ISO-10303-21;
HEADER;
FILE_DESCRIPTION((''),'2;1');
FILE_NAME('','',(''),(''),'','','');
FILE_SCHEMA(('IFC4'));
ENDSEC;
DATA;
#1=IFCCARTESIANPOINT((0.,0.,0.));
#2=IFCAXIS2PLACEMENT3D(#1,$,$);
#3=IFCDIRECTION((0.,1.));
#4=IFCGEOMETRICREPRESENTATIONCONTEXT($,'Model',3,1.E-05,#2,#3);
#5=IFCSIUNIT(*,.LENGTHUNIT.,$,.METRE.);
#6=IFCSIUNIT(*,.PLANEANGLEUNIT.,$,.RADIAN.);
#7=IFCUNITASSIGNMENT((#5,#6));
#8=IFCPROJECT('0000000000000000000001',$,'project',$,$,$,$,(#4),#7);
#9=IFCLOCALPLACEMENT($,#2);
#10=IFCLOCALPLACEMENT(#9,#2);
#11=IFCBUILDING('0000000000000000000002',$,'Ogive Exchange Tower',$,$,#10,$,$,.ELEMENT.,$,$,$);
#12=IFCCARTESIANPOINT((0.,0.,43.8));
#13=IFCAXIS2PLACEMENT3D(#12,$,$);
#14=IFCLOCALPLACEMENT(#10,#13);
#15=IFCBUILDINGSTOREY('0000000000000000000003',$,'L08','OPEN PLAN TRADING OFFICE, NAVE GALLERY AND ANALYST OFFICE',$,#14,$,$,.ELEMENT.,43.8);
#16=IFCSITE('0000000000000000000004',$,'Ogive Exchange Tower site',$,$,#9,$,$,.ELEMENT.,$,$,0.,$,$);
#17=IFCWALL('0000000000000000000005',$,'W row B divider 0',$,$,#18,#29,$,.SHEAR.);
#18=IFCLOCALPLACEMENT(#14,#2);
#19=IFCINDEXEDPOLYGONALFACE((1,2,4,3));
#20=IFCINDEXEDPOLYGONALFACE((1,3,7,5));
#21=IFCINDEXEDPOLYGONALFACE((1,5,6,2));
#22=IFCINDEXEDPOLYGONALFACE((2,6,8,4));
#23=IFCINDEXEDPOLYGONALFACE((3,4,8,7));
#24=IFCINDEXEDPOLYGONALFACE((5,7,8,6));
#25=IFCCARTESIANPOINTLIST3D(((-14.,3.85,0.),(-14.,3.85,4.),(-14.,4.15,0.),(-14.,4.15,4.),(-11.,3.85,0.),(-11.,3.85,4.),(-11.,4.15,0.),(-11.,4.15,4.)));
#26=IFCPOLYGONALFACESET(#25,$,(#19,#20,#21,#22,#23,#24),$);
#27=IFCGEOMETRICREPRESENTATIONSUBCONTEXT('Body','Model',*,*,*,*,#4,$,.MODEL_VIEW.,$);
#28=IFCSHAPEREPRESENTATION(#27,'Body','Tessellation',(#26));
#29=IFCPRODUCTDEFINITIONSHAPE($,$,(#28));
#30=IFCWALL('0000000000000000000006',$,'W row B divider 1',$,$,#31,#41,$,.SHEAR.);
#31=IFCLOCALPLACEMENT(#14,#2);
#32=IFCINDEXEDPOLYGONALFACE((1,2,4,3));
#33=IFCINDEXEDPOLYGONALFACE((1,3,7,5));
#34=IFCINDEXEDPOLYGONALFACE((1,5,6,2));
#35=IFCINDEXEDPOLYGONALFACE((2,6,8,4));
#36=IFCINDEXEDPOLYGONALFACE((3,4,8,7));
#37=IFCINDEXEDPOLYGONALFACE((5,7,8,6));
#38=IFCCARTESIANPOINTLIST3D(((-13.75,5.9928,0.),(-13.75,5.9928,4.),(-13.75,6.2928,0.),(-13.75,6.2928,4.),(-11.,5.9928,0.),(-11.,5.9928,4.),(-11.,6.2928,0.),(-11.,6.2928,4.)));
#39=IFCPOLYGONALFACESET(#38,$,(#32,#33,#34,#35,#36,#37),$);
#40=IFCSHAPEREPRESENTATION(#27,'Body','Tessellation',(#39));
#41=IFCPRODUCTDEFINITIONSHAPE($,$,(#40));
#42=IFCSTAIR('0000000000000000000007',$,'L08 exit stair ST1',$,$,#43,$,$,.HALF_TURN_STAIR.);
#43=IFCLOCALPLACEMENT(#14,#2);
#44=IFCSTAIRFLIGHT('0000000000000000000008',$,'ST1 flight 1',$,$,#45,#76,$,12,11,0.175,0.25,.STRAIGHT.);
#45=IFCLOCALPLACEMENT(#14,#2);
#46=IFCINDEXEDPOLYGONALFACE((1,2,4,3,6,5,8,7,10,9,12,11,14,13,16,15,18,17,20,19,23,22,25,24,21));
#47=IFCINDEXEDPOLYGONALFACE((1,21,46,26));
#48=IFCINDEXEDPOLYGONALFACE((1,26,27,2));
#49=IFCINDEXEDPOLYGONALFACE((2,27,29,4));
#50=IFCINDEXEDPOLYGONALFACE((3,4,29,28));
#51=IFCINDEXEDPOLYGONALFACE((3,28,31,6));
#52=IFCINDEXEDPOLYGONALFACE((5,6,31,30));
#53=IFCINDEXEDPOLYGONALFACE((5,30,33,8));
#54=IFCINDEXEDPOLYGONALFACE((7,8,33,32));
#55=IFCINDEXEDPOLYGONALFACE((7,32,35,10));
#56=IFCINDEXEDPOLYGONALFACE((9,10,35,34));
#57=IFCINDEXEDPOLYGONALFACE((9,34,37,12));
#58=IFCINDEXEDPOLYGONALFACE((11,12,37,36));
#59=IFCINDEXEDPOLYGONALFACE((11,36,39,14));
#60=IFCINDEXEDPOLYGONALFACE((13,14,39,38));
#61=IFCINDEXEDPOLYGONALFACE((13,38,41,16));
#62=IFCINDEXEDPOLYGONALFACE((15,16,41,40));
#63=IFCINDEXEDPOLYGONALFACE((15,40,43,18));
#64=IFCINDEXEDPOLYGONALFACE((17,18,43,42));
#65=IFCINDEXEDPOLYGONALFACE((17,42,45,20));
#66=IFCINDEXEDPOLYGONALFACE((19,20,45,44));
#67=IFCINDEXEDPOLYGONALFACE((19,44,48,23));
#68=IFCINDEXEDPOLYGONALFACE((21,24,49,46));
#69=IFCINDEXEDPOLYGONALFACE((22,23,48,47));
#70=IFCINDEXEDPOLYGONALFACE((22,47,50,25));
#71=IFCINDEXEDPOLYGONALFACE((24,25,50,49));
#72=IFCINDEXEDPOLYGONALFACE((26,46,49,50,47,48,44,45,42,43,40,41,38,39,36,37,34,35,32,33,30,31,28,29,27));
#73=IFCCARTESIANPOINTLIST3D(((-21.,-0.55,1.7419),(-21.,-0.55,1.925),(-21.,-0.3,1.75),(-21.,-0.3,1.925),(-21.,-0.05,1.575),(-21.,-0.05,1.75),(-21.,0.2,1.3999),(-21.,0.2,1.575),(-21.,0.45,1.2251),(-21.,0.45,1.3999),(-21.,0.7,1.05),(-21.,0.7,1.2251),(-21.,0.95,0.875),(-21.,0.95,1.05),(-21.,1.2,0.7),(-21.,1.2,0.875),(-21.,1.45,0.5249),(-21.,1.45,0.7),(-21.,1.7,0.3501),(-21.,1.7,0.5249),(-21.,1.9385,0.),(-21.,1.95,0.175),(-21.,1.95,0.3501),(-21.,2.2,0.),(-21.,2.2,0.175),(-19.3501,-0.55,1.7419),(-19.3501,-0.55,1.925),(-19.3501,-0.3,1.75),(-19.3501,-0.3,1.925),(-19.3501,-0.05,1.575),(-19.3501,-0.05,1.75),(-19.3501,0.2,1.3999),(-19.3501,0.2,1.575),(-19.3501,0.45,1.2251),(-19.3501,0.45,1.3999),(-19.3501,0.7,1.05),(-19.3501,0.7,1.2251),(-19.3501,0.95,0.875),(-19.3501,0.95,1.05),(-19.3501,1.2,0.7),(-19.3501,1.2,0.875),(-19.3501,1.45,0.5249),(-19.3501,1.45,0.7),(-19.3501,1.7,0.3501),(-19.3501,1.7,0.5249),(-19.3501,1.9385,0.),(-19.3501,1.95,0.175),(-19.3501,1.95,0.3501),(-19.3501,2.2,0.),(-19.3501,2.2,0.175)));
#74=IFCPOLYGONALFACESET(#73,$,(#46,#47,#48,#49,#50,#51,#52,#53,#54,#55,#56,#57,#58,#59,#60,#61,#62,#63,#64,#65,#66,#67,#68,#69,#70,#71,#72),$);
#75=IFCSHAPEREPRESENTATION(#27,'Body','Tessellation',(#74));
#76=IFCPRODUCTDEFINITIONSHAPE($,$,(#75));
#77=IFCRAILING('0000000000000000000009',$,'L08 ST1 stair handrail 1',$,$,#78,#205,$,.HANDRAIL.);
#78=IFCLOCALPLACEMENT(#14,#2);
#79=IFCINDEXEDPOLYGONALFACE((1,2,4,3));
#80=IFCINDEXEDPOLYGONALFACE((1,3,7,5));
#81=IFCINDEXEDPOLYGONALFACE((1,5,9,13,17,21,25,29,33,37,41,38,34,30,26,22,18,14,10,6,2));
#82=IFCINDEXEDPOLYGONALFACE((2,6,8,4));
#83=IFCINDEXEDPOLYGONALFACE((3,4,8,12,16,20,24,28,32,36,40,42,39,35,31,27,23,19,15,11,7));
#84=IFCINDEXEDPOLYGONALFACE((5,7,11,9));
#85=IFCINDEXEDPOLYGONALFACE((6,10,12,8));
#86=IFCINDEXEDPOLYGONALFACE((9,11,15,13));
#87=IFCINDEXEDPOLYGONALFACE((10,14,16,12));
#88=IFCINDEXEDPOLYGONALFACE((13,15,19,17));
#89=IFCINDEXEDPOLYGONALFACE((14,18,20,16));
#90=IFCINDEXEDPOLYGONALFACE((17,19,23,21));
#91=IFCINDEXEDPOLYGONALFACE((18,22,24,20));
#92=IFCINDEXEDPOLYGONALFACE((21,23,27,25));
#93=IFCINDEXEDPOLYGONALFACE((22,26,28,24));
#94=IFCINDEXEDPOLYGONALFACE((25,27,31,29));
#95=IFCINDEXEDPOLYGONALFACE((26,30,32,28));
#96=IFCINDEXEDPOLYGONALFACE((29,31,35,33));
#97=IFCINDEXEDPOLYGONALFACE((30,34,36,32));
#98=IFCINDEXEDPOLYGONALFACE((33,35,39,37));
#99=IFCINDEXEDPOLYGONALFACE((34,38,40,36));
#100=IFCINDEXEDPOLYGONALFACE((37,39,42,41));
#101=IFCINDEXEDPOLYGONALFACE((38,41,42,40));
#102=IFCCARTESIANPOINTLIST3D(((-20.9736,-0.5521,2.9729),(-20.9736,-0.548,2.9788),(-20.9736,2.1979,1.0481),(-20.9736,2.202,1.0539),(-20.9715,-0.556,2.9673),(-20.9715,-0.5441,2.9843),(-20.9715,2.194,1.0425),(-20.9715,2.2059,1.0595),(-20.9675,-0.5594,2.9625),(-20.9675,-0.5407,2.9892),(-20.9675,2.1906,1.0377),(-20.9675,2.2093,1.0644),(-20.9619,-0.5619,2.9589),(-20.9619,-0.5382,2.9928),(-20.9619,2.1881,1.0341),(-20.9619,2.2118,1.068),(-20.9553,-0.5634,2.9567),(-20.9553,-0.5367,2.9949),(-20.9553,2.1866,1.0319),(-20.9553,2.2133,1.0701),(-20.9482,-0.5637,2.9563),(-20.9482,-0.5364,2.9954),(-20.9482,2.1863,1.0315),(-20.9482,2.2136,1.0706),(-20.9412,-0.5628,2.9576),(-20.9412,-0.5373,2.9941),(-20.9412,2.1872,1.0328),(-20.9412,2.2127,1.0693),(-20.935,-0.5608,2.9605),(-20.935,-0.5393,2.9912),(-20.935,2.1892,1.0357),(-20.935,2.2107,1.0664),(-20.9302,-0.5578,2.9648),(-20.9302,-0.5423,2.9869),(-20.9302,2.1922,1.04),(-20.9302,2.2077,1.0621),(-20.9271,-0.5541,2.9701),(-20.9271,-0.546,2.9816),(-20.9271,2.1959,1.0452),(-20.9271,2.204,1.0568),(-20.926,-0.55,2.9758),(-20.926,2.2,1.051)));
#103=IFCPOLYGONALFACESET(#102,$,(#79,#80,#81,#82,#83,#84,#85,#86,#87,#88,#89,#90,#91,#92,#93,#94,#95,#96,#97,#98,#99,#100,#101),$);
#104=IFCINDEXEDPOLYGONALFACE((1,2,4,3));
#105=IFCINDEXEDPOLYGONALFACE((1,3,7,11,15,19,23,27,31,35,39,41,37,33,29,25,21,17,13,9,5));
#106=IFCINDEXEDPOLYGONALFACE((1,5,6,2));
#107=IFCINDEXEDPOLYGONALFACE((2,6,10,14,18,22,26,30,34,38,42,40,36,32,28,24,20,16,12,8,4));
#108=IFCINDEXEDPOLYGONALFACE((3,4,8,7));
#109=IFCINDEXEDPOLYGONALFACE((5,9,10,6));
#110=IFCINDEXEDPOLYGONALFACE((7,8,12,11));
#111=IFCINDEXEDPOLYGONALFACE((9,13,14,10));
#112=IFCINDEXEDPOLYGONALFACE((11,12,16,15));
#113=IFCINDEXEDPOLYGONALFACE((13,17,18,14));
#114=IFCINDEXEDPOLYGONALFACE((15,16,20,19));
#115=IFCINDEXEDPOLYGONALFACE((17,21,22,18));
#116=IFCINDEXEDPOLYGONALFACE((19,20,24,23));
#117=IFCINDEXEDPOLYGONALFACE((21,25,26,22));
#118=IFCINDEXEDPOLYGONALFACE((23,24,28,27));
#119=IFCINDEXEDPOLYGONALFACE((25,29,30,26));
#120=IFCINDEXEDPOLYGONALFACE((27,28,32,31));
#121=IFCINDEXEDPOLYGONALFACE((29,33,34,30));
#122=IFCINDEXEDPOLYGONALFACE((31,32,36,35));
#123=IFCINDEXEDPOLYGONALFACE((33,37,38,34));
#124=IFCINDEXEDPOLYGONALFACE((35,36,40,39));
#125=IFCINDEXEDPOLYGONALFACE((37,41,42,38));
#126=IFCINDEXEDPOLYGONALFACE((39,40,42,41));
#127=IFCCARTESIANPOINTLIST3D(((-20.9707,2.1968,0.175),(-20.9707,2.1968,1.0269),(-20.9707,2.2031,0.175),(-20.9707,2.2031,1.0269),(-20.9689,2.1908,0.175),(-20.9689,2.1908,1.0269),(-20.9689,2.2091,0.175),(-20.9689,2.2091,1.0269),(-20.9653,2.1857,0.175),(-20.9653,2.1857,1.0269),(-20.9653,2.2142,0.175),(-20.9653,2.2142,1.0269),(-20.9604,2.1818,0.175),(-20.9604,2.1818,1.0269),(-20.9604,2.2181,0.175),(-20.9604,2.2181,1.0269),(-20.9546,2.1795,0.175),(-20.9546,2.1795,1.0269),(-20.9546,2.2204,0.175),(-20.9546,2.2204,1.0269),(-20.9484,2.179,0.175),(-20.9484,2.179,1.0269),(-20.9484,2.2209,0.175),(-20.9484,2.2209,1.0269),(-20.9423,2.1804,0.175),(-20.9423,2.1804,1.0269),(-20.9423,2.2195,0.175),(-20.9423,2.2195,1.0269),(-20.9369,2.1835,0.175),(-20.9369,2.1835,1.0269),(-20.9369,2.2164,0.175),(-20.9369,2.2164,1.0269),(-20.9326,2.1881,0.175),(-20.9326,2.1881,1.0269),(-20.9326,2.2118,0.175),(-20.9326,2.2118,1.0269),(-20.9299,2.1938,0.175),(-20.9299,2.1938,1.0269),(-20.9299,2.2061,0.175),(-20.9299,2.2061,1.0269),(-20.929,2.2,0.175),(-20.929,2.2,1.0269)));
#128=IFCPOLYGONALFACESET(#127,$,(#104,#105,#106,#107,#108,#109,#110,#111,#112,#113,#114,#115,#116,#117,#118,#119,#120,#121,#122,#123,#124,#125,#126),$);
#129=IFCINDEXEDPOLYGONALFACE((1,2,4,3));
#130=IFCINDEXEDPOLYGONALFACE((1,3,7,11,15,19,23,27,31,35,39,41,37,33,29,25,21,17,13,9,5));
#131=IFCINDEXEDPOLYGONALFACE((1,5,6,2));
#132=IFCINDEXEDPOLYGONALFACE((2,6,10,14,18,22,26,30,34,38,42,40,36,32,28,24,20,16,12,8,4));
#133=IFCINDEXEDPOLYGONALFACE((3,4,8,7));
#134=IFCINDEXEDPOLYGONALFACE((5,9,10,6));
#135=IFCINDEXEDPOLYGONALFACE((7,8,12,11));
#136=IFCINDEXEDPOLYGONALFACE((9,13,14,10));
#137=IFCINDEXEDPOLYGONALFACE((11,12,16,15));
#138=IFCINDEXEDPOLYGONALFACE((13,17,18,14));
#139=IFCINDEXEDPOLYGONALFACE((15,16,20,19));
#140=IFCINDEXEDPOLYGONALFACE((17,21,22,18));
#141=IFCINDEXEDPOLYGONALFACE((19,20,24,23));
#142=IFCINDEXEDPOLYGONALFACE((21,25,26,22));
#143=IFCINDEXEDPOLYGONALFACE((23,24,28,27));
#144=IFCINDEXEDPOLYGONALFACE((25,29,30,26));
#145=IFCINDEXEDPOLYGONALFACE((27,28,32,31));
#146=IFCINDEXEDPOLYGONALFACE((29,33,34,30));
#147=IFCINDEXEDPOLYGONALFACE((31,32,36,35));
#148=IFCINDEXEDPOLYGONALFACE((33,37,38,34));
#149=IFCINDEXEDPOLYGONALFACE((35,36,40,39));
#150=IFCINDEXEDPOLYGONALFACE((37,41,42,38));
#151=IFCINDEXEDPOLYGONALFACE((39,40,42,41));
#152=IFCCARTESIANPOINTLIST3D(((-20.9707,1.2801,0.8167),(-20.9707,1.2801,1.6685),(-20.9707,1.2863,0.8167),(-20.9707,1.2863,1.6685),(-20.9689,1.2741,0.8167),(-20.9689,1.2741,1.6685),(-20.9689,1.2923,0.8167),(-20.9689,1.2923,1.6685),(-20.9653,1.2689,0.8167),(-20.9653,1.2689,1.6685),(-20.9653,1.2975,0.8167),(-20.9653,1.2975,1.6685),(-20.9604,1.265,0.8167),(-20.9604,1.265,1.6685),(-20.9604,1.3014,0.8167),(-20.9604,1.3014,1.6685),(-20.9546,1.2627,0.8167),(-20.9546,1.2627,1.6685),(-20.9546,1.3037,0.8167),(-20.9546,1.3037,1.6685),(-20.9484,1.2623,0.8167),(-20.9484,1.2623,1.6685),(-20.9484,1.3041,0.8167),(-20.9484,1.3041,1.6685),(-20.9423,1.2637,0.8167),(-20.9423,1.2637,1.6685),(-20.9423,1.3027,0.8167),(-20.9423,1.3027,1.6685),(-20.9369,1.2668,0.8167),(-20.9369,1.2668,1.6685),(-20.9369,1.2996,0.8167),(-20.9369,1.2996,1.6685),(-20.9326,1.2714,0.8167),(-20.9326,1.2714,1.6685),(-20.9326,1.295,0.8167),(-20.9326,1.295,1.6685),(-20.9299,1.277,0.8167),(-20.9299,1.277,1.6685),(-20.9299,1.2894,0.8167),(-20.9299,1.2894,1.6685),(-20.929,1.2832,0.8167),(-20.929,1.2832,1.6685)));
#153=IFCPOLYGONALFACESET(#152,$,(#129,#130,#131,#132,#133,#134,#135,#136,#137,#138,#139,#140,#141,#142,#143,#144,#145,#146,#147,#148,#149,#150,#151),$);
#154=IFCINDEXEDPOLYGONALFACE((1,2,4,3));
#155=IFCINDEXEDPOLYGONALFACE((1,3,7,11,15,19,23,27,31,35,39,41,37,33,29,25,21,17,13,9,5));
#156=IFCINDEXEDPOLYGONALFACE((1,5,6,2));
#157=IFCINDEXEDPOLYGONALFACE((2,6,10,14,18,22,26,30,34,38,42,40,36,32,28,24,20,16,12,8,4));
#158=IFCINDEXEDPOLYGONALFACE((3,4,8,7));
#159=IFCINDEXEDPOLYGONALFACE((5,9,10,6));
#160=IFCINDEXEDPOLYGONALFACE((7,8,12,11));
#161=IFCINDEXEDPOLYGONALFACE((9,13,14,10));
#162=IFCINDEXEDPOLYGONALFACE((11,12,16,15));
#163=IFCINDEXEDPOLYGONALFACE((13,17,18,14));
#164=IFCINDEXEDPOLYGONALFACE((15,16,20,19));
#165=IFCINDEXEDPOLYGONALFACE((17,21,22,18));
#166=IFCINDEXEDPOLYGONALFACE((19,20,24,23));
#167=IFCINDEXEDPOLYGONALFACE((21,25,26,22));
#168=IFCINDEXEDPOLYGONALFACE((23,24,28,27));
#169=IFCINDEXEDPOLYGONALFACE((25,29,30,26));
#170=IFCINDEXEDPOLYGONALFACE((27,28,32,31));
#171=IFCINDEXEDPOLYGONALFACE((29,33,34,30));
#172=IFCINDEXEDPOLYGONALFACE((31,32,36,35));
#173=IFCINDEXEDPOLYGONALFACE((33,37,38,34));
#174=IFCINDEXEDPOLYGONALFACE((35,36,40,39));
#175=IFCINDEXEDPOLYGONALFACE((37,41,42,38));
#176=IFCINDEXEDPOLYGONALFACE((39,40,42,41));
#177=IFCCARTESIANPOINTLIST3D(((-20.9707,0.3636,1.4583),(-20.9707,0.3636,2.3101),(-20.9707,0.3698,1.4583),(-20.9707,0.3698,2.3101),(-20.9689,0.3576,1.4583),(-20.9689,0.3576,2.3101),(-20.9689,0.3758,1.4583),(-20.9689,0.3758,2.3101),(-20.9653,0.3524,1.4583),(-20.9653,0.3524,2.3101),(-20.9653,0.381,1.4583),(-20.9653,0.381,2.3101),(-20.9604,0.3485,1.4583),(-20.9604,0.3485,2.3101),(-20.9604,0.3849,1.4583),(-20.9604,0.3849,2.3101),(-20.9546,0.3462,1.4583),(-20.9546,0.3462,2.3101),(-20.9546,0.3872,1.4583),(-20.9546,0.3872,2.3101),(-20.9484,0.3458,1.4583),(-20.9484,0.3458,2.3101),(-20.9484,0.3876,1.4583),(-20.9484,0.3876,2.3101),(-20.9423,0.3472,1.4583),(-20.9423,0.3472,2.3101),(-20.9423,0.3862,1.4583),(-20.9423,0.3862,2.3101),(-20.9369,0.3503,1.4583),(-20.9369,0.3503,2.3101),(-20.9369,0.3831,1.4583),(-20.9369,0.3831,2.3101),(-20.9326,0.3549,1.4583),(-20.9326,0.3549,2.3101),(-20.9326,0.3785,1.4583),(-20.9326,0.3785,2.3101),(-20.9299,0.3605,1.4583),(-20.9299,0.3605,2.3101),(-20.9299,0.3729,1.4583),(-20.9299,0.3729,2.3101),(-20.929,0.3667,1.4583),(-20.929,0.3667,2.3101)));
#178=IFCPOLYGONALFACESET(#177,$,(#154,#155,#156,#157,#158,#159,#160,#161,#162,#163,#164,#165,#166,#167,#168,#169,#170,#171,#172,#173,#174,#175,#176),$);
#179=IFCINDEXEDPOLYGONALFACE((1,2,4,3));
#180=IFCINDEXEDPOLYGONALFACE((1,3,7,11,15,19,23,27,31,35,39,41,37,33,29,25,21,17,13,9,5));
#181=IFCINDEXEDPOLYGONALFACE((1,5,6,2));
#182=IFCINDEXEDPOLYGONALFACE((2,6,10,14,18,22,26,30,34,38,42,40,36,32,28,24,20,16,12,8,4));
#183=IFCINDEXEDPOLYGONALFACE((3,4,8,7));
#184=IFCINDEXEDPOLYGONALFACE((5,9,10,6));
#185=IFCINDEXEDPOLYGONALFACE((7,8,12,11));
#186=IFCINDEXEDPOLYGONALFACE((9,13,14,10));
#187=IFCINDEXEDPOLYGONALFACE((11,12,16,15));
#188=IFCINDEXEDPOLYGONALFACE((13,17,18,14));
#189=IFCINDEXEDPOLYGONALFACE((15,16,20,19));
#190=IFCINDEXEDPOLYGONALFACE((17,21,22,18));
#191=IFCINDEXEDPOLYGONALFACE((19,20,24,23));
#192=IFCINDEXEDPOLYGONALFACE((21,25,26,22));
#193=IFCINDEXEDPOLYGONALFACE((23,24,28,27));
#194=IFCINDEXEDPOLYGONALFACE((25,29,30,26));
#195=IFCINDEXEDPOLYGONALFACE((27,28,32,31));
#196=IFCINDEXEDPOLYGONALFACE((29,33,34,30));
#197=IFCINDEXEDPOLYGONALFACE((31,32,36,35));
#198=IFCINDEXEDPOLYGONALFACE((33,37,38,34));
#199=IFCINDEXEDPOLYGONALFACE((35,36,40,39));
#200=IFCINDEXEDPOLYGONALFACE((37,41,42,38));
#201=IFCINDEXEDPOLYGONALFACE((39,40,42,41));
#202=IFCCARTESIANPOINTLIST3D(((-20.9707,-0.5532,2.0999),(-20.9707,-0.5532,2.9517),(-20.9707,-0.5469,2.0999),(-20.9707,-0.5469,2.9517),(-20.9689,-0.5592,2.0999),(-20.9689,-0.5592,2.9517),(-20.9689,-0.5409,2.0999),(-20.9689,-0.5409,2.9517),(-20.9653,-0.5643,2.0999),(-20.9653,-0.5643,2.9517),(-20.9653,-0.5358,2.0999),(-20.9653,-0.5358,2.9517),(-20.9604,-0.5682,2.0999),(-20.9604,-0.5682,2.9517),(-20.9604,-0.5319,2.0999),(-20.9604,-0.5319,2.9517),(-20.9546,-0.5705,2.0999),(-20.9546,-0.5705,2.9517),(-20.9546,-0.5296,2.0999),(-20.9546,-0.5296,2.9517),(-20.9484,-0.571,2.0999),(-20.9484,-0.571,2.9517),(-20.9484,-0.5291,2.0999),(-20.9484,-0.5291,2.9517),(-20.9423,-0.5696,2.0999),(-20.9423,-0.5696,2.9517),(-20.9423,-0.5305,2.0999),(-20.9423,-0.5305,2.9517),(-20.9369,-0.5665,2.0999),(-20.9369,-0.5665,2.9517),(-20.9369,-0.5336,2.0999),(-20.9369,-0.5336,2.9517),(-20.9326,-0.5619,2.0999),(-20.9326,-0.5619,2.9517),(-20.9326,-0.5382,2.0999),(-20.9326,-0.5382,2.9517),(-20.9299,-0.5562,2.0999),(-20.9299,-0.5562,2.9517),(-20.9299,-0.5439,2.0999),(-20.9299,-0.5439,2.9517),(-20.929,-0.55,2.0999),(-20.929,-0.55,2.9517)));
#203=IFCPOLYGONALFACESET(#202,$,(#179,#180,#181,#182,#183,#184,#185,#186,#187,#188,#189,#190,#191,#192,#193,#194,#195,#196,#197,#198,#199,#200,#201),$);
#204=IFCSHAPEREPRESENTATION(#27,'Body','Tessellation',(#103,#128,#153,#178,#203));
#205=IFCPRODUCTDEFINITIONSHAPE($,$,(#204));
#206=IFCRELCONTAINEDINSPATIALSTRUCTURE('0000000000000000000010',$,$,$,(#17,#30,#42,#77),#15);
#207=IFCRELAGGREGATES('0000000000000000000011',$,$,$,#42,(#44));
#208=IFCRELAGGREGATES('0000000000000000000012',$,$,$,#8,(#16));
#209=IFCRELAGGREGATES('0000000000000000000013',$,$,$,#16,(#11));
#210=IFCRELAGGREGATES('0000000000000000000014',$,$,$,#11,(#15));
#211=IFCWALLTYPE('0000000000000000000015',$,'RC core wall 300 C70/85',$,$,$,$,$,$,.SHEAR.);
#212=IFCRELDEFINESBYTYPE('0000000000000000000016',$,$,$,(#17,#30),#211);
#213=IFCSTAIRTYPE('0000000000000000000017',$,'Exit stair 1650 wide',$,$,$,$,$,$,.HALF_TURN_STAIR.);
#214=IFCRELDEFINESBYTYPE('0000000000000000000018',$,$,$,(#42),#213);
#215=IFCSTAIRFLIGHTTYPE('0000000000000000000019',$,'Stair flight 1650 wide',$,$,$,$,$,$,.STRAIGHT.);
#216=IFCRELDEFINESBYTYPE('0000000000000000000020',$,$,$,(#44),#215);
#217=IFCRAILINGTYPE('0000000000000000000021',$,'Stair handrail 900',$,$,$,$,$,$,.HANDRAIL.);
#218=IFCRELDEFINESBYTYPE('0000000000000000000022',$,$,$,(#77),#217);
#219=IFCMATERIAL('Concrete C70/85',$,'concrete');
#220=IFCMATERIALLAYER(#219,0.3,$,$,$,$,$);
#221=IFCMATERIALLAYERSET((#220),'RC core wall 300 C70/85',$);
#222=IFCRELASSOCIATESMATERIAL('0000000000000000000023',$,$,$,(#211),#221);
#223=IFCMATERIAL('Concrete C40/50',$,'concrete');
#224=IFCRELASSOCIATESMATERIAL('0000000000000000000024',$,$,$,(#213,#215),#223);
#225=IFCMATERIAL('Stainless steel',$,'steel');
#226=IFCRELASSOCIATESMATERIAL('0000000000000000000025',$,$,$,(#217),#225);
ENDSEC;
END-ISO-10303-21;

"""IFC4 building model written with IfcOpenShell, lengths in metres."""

from ifc_helpers import new_model, si_unit, direction, frame, frame_2d, origin, origin_2d, place, context, subcontext, project, spatial, polyline, rectangle, circle, outline, extrude, material, layer, layer_set, type_object, element, aggregate, save


model = new_model("IFC4")

# Units and contexts
model_context = context("Model", 3, precision=1e-05, world=origin(), true_north=direction((0.0, 1.0)))
body_context = subcontext(model_context, "Body", "Model", "MODEL_VIEW")
ifc_project = project(units=[si_unit("LENGTHUNIT", "METRE"), si_unit("PLANEANGLEUNIT", "RADIAN")], contexts=[model_context])

# Site, building, storey
site_placement = place(None, origin())
site = spatial("IfcSite", under=ifc_project, at=site_placement, Name="Ogive Exchange Tower site", CompositionType="ELEMENT", RefElevation=0.0)
building_placement = place(site_placement, origin())
building = spatial("IfcBuilding", under=site, at=building_placement, Name="Ogive Exchange Tower", CompositionType="ELEMENT")
storey_placement = place(building_placement, frame((0.0, 0.0, 43.8)))
storey = spatial("IfcBuildingStorey", under=building, at=storey_placement, Name="L08", Description="OPEN PLAN TRADING OFFICE, NAVE GALLERY AND ANALYST OFFICE", CompositionType="ELEMENT", Elevation=43.8)

# Shared definitions
ifc_material_1 = material(Name="Concrete C70/85", Category="concrete")

# Shared definitions
ifc_material_2 = material(Name="Stainless steel", Category="steel")

# Walls
ifc_layer_1 = layer(ifc_material_1, 0.3)
ifc_layer_set_1 = layer_set([ifc_layer_1], Name="RC core wall 300 C70/85")
wall_type_1 = type_object("IfcWallType", Name="RC core wall 300 C70/85", PredefinedType="SHEAR", material=ifc_layer_set_1)
wall_1_placement = place(storey_placement, frame((-14.0, 4.0, 0.0), z_axis=(0.0, 0.0, 1.0), x_axis=(1.0, 0.0, 0.0)))
element("IfcWall", 1, at=wall_1_placement, inside=storey, type_object=wall_type_1, Name="W row B divider 0", PredefinedType="SHEAR", context=body_context, shape_type="SweptSolid", body=[
    extrude(rectangle(XDim=3.0, YDim=0.3, at=frame_2d((1.5, 0.0))), origin(), (0.0, 0.0, 1.0), 4.0),
])
wall_2_placement = place(storey_placement, frame((-13.75, 6.1428, 0.0), z_axis=(0.0, 0.0, 1.0), x_axis=(1.0, 0.0, 0.0)))
element("IfcWall", 2, at=wall_2_placement, inside=storey, type_object=wall_type_1, Name="W row B divider 1", PredefinedType="SHEAR", context=body_context, shape_type="SweptSolid", body=[
    extrude(rectangle(XDim=2.75, YDim=0.3, at=frame_2d((1.375, 0.0))), origin(), (0.0, 0.0, 1.0), 4.0),
])

# Stair, stair flight
ifc_material_3 = material(Name="Concrete C40/50", Category="concrete")
stair_type = type_object("IfcStairType", Name="Exit stair 1650 wide", PredefinedType="HALF_TURN_STAIR", material=ifc_material_3)
stair_placement = place(storey_placement, origin())
stair = element("IfcStair", 3, at=stair_placement, inside=storey, type_object=stair_type, Name="L08 exit stair ST1", PredefinedType="HALF_TURN_STAIR")
stair_flight_type = type_object("IfcStairFlightType", Name="Stair flight 1650 wide", PredefinedType="STRAIGHT", material=ifc_material_3)
stair_flight_placement = place(storey_placement, frame((-20.175, 2.2, 0.0), z_axis=(0.0, 0.0, 1.0), x_axis=(0.0, -1.0, 0.0)))
stair_flight = element("IfcStairFlight", 4, at=stair_flight_placement, type_object=stair_flight_type, Name="ST1 flight 1", NumberOfRisers=12, NumberOfTreads=11, PredefinedType="STRAIGHT", RiserHeight=0.175, TreadLength=0.25, context=body_context, shape_type="SweptSolid", body=[
    extrude(outline(polyline([(0.0, 0.0), (0.0, 0.175), (0.25, 0.175), (0.25, 0.3501), (0.5, 0.3501), (0.5, 0.5249), (0.75, 0.5249), (0.75, 0.7), (1.0, 0.7), (1.0, 0.875), (1.25, 0.875), (1.25, 1.05), (1.5, 1.05), (1.5, 1.2251), (1.75, 1.2251), (1.75, 1.3999), (2.0, 1.3999), (2.0, 1.575), (2.25, 1.575), (2.25, 1.75), (2.5, 1.75), (2.5, 1.925), (2.75, 1.925), (2.75, 2.1001), (2.75, 1.7419), (0.2615, 0.0), (0.0, 0.0)])), frame((0.0, 0.825, 0.0), z_axis=(0.0, -1.0, 0.0), x_axis=(1.0, 0.0, 0.0)), (0.0, 0.0, 1.0), 1.6499),
])
aggregate(stair, [stair_flight])

# Railing
railing_type = type_object("IfcRailingType", Name="Stair handrail 900", PredefinedType="HANDRAIL", material=ifc_material_2)
railing_placement = place(storey_placement, frame((-20.95, 2.2, 0.175)))
element("IfcRailing", 5, at=railing_placement, inside=storey, type_object=railing_type, Name="L08 ST1 stair handrail 1", PredefinedType="HANDRAIL", context=body_context, shape_type="SweptSolid", body=[
    extrude(circle(Radius=0.0239, at=origin_2d()), frame((0.0, 0.0, 0.876), z_axis=(0.0, -0.819259, 0.573423), x_axis=(1.0, 0.0, 0.0)), (0.0, 0.0, 1.0), 3.3567),
    extrude(circle(Radius=0.021, at=origin_2d()), origin(), (0.0, 0.0, 1.0), 0.8518),
    extrude(circle(Radius=0.021, at=origin_2d()), frame((0.0, -0.9167, 0.6416)), (0.0, 0.0, 1.0), 0.8518),
    extrude(circle(Radius=0.021, at=origin_2d()), frame((0.0, -1.8333, 1.2832)), (0.0, 0.0, 1.0), 0.8518),
    extrude(circle(Radius=0.021, at=origin_2d()), frame((0.0, -2.75, 1.9248)), (0.0, 0.0, 1.0), 0.8518),
])

save(model, "model.ifc")
